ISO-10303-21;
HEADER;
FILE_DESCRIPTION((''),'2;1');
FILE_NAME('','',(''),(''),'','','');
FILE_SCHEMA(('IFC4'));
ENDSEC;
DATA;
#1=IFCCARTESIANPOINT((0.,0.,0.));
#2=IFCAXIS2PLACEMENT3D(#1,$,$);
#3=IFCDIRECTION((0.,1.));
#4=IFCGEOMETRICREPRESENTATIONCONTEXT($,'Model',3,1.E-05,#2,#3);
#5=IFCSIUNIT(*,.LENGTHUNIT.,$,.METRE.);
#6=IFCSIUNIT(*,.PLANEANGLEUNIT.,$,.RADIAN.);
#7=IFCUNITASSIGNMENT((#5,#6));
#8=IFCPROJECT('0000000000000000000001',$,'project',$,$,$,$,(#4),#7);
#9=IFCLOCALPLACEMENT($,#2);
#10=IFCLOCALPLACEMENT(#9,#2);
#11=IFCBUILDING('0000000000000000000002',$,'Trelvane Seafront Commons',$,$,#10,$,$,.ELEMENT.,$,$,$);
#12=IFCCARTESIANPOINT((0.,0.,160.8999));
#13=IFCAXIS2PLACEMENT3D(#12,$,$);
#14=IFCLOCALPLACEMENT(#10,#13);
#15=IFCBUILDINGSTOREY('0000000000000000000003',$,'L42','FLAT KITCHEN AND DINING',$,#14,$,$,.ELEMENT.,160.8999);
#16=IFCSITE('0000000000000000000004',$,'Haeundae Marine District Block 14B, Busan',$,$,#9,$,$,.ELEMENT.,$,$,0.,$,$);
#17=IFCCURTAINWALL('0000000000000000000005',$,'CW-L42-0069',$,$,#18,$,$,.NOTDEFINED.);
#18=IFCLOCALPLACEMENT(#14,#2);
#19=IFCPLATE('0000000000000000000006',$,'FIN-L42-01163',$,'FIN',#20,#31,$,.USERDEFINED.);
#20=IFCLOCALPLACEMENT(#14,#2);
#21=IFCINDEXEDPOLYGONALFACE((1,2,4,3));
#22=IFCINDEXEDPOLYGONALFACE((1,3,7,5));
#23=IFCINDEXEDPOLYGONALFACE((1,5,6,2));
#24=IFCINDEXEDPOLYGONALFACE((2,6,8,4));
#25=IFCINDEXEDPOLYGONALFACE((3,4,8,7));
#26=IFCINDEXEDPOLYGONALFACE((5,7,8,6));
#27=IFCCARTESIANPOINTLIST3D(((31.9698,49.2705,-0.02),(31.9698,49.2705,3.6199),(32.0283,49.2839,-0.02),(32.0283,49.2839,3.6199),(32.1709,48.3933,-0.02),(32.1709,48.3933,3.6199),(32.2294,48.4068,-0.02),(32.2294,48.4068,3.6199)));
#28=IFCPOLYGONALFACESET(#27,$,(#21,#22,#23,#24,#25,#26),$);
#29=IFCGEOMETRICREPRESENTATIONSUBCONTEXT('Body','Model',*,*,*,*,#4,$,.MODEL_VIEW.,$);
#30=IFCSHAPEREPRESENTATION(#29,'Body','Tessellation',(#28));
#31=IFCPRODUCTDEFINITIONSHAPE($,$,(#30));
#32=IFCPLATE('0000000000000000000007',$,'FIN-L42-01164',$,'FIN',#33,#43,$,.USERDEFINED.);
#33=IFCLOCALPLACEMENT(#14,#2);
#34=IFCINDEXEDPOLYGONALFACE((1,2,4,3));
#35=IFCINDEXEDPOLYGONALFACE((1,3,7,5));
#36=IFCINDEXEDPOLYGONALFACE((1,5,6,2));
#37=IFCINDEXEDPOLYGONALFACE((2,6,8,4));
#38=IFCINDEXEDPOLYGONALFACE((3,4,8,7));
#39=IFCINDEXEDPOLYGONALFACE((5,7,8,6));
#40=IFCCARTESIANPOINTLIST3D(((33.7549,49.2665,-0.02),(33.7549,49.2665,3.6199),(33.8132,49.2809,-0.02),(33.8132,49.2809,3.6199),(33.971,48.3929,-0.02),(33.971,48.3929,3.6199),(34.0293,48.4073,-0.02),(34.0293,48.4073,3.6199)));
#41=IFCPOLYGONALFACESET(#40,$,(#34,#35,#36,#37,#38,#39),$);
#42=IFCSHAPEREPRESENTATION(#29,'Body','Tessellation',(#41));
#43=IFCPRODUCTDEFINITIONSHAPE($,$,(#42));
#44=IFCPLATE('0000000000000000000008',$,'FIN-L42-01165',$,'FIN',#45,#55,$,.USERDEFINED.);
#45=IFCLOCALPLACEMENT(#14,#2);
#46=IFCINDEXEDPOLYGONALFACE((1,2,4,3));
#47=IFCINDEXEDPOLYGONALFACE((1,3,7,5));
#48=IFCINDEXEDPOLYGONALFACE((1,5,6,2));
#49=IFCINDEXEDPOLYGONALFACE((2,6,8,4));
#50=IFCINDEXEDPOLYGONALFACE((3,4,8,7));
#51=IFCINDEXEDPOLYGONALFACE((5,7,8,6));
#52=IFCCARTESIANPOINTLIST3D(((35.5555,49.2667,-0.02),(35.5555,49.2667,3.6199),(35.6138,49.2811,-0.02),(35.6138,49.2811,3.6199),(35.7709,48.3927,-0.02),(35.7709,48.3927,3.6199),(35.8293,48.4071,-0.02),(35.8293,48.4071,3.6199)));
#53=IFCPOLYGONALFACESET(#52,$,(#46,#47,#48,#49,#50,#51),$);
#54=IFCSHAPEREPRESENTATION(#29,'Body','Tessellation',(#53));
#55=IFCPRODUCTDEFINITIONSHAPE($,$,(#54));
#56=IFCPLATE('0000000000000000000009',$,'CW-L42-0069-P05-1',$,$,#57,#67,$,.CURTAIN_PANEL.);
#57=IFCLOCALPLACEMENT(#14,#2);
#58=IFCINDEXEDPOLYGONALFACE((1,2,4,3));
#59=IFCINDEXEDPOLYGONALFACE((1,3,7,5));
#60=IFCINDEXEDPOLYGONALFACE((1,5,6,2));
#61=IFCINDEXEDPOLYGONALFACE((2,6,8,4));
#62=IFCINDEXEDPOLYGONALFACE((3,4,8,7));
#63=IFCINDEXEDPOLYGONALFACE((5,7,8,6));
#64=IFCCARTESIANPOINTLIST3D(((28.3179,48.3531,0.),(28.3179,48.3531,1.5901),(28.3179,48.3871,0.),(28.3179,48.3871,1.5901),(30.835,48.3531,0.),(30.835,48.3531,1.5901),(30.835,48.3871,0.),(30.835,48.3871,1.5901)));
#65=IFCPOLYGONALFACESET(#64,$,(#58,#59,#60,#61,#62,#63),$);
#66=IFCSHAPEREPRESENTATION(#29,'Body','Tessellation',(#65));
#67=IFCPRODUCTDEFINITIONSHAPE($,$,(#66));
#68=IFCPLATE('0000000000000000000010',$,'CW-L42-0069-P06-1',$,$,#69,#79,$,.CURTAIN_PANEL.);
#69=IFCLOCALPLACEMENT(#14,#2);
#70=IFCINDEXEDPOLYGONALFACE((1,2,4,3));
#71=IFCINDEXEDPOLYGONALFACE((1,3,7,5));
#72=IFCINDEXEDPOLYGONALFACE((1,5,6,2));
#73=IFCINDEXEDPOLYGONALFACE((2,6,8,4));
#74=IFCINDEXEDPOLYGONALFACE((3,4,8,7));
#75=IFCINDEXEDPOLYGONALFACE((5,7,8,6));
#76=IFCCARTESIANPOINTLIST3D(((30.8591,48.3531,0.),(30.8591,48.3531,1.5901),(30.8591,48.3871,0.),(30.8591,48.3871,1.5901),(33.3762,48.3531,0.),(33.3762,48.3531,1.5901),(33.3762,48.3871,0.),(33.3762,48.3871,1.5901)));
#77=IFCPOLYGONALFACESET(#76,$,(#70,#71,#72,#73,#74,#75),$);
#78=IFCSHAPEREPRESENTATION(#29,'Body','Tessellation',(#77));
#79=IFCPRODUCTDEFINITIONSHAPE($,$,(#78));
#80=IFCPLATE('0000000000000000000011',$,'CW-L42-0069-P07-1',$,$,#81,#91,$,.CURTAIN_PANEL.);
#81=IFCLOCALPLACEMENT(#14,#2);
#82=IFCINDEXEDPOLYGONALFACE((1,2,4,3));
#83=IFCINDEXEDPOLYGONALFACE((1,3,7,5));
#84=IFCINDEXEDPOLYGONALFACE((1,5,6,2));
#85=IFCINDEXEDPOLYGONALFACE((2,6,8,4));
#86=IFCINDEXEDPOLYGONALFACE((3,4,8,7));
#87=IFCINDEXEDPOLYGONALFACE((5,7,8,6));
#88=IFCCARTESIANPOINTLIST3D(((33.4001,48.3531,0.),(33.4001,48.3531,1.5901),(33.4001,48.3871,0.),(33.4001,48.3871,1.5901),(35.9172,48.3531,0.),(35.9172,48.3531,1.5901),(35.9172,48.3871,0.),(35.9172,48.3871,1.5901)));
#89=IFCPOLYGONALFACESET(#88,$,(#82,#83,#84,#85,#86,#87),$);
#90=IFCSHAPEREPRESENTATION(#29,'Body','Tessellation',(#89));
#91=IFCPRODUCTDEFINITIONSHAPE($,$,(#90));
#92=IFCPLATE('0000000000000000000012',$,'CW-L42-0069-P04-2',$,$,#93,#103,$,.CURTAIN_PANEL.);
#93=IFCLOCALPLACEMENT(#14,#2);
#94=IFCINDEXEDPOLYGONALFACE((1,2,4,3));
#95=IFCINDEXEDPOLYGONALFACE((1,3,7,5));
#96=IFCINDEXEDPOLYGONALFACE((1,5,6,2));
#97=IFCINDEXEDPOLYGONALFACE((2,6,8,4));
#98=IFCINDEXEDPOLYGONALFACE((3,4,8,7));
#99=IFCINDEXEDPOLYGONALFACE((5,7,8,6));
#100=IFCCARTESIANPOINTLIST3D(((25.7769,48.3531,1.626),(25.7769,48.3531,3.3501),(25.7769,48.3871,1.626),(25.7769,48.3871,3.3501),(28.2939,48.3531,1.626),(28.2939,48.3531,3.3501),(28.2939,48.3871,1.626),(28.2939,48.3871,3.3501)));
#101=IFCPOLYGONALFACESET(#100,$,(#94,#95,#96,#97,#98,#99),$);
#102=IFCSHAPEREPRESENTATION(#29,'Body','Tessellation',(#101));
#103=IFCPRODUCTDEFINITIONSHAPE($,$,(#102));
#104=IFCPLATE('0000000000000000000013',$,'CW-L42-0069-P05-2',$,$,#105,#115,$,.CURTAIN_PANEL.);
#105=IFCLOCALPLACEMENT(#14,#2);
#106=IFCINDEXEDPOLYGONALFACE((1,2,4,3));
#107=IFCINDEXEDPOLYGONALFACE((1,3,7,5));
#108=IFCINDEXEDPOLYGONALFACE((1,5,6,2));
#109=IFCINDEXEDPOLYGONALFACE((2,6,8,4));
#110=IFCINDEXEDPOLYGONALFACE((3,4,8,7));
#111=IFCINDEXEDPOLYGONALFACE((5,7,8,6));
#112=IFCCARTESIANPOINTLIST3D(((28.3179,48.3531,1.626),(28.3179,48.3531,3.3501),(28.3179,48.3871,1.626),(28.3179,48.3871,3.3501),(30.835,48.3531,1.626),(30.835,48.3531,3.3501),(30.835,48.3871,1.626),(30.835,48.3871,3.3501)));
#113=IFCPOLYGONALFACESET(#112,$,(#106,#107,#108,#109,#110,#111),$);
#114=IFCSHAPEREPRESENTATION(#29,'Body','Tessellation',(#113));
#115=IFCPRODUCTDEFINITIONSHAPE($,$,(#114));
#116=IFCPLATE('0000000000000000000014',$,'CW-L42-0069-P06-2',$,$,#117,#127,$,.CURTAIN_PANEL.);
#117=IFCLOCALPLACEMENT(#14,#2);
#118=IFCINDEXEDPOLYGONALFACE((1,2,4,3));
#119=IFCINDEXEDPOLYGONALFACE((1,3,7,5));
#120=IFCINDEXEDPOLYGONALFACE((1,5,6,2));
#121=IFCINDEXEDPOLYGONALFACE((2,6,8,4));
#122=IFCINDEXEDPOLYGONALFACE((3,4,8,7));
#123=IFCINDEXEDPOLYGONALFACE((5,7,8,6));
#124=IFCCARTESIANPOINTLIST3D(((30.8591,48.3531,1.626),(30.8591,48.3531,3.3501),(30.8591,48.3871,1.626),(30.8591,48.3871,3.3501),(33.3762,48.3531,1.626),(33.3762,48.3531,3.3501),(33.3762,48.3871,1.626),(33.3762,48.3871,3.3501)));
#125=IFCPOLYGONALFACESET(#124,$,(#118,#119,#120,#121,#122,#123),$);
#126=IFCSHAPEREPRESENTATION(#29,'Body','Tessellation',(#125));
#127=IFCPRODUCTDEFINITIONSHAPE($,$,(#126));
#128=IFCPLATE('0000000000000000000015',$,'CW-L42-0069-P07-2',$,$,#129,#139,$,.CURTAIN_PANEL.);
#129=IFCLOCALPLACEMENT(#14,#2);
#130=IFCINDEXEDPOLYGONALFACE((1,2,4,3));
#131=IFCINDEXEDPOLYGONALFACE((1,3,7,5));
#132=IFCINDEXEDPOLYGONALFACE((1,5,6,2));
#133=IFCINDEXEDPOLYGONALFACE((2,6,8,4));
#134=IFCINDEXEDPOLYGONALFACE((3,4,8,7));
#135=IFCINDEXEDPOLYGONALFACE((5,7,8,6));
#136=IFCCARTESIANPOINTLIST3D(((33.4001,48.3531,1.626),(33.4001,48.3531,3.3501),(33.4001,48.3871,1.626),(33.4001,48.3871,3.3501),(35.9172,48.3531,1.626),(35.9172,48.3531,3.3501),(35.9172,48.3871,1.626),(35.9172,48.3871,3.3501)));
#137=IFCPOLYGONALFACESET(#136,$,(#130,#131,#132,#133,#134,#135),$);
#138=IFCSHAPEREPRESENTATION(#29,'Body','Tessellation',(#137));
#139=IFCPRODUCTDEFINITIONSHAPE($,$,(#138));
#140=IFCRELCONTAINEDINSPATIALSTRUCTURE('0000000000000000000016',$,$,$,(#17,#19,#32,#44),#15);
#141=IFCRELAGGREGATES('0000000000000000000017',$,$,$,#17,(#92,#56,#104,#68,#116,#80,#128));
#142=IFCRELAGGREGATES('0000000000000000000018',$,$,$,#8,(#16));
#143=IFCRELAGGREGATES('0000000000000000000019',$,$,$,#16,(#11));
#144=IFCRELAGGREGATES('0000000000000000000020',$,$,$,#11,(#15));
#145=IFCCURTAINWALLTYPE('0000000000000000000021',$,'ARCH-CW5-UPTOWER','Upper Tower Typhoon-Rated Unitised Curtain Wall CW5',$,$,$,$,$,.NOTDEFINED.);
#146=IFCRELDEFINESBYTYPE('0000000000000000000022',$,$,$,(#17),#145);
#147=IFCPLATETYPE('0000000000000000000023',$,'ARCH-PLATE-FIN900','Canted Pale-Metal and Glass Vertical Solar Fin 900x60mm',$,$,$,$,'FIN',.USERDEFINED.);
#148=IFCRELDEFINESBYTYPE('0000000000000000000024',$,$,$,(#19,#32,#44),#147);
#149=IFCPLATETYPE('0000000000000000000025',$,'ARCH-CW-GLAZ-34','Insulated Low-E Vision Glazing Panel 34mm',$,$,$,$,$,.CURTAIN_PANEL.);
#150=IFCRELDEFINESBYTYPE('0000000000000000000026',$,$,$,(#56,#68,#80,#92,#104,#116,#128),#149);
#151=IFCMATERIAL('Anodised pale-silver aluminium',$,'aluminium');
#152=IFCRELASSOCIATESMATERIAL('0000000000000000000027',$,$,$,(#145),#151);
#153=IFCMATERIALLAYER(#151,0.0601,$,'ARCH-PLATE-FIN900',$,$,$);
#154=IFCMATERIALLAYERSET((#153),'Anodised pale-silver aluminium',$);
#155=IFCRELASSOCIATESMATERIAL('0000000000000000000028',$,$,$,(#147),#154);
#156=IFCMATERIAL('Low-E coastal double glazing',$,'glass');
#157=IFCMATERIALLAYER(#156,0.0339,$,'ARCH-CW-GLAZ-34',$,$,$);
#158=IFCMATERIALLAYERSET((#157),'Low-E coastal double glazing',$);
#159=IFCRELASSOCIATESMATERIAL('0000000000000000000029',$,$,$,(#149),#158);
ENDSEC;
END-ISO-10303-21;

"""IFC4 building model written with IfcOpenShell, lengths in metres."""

from ifc_helpers import new_model, si_unit, direction, frame, origin, origin_2d, place, context, subcontext, project, spatial, rectangle, extrude, source, transform, mapped, material, layer, layer_set, type_object, element, aggregate, save


model = new_model("IFC4")

# Units and contexts
model_context = context("Model", 3, precision=1e-05, world=origin(), true_north=direction((0.0, 1.0)))
body_context = subcontext(model_context, "Body", "Model", "MODEL_VIEW")
ifc_project = project(units=[si_unit("LENGTHUNIT", "METRE"), si_unit("PLANEANGLEUNIT", "RADIAN")], contexts=[model_context])

# Site, building, storey
site_placement = place(None, origin())
site = spatial("IfcSite", under=ifc_project, at=site_placement, Name="Haeundae Marine District Block 14B, Busan", CompositionType="ELEMENT", RefElevation=0.0)
building_placement = place(site_placement, origin())
building = spatial("IfcBuilding", under=site, at=building_placement, Name="Trelvane Seafront Commons", CompositionType="ELEMENT")
storey_placement = place(building_placement, frame((0.0, 0.0, 160.8999)))
storey = spatial("IfcBuildingStorey", under=building, at=storey_placement, Name="L42", Description="FLAT KITCHEN AND DINING", CompositionType="ELEMENT", Elevation=160.8999)

# Curtain wall
ifc_material_1 = material(Name="Anodised pale-silver aluminium", Category="aluminium")
curtain_wall_type = type_object("IfcCurtainWallType", Name="ARCH-CW5-UPTOWER", Description="Upper Tower Typhoon-Rated Unitised Curtain Wall CW5", PredefinedType="NOTDEFINED", material=ifc_material_1)
curtain_wall_placement = place(storey_placement, origin())
curtain_wall = element("IfcCurtainWall", 1, at=curtain_wall_placement, inside=storey, type_object=curtain_wall_type, Name="CW-L42-0069", PredefinedType="NOTDEFINED")

# Plates
ifc_layer_1 = layer(ifc_material_1, 0.0601, Name="ARCH-PLATE-FIN900")
ifc_layer_set_1 = layer_set([ifc_layer_1], Name="Anodised pale-silver aluminium")
plate_type_1 = type_object("IfcPlateType", Name="ARCH-PLATE-FIN900", Description="Canted Pale-Metal and Glass Vertical Solar Fin 900x60mm", ElementType="FIN", PredefinedType="USERDEFINED", material=ifc_layer_set_1)
shared_shape_1 = source(origin(), body_context, "Body", "SweptSolid", [
    extrude(rectangle(XDim=0.8999, YDim=0.0601, at=origin_2d()), origin(), (0.0, 0.0, 1.0), 3.6399),
])
for number, where, z_axis, x_axis, name in (
    (2, (32.0996, 48.8386, -0.02), (0.0, 0.0, 1.0), (-0.223456, 0.974714, 0.0), "FIN-L42-01163"),
    (3, (33.8921, 48.8369, -0.02), (0.0, 0.0, 1.0), (-0.240104, 0.970747, 0.0), "FIN-L42-01164"),
):
    element("IfcPlate", number, at=place(storey_placement, frame(where, z_axis=z_axis, x_axis=x_axis)), inside=storey, type_object=plate_type_1, Name=name, ObjectType="FIN", PredefinedType="USERDEFINED", context=body_context, shape_type="MappedRepresentation", body=[
        mapped(shared_shape_1, transform((0.0, 0.0, 0.0), x_axis=(1.0, 0.0, 0.0), y_axis=(0.0, 1.0, 0.0), z_axis=(0.0, 0.0, 1.0), scale=1.0)),
    ])
shared_shape_2 = source(origin(), body_context, "Body", "SweptSolid", [
    extrude(rectangle(XDim=0.9001, YDim=0.0601, at=origin_2d()), origin(), (0.0, 0.0, 1.0), 3.6399),
])
plate_1_placement = place(storey_placement, frame((35.6924, 48.8369, -0.02), z_axis=(0.0, 0.0, 1.0), x_axis=(-0.239318, 0.970941, 0.0)))
element("IfcPlate", 4, at=plate_1_placement, inside=storey, type_object=plate_type_1, Name="FIN-L42-01165", ObjectType="FIN", PredefinedType="USERDEFINED", context=body_context, shape_type="MappedRepresentation", body=[
    mapped(shared_shape_2, transform((0.0, 0.0, 0.0), x_axis=(1.0, 0.0, 0.0), y_axis=(0.0, 1.0, 0.0), z_axis=(0.0, 0.0, 1.0), scale=1.0)),
])

# Plates
ifc_material_2 = material(Name="Low-E coastal double glazing", Category="glass")
ifc_layer_2 = layer(ifc_material_2, 0.0339, Name="ARCH-CW-GLAZ-34")
ifc_layer_set_2 = layer_set([ifc_layer_2], Name="Low-E coastal double glazing")
plate_type_2 = type_object("IfcPlateType", Name="ARCH-CW-GLAZ-34", Description="Insulated Low-E Vision Glazing Panel 34mm", PredefinedType="CURTAIN_PANEL", material=ifc_layer_set_2)
shared_shape_3 = source(origin(), body_context, "Body", "SweptSolid", [
    extrude(rectangle(XDim=2.5171, YDim=0.0339, at=origin_2d()), origin(), (0.0, 0.0, 1.0), 1.5901),
])
plate_2_placement = place(storey_placement, frame((29.5764, 48.3701, 0.0), z_axis=(0.0, 0.0, 1.0), x_axis=(1.0, 0.0, 0.0)))
plate_2 = element("IfcPlate", 5, at=plate_2_placement, type_object=plate_type_2, Name="CW-L42-0069-P05-1", PredefinedType="CURTAIN_PANEL", context=body_context, shape_type="MappedRepresentation", body=[
    mapped(shared_shape_3, transform((0.0, 0.0, 0.0), x_axis=(1.0, 0.0, 0.0), y_axis=(0.0, 1.0, 0.0), z_axis=(0.0, 0.0, 1.0), scale=1.0)),
])
plate_3_placement = place(storey_placement, frame((32.1177, 48.3701, 0.0), z_axis=(0.0, 0.0, 1.0), x_axis=(1.0, 0.0, 0.0)))
plate_3 = element("IfcPlate", 6, at=plate_3_placement, type_object=plate_type_2, Name="CW-L42-0069-P06-1", PredefinedType="CURTAIN_PANEL", context=body_context, shape_type="MappedRepresentation", body=[
    mapped(shared_shape_3, transform((0.0, 0.0, 0.0), x_axis=(1.0, 0.0, 0.0), y_axis=(0.0, 1.0, 0.0), z_axis=(0.0, 0.0, 1.0), scale=1.0)),
])
plate_4_placement = place(storey_placement, frame((34.6587, 48.3701, 0.0), z_axis=(0.0, 0.0, 1.0), x_axis=(1.0, 0.0, 0.0)))
plate_4 = element("IfcPlate", 7, at=plate_4_placement, type_object=plate_type_2, Name="CW-L42-0069-P07-1", PredefinedType="CURTAIN_PANEL", context=body_context, shape_type="MappedRepresentation", body=[
    mapped(shared_shape_3, transform((0.0, 0.0, 0.0), x_axis=(1.0, 0.0, 0.0), y_axis=(0.0, 1.0, 0.0), z_axis=(0.0, 0.0, 1.0), scale=1.0)),
])
shared_shape_4 = source(origin(), body_context, "Body", "SweptSolid", [
    extrude(rectangle(XDim=2.5171, YDim=0.0339, at=origin_2d()), origin(), (0.0, 0.0, 1.0), 1.7241),
])
plate_5_placement = place(storey_placement, frame((27.0354, 48.3701, 1.626), z_axis=(0.0, 0.0, 1.0), x_axis=(1.0, 0.0, 0.0)))
plate_5 = element("IfcPlate", 8, at=plate_5_placement, type_object=plate_type_2, Name="CW-L42-0069-P04-2", PredefinedType="CURTAIN_PANEL", context=body_context, shape_type="MappedRepresentation", body=[
    mapped(shared_shape_4, transform((0.0, 0.0, 0.0), x_axis=(1.0, 0.0, 0.0), y_axis=(0.0, 1.0, 0.0), z_axis=(0.0, 0.0, 1.0), scale=1.0)),
])
plate_6_placement = place(storey_placement, frame((29.5764, 48.3701, 1.626), z_axis=(0.0, 0.0, 1.0), x_axis=(1.0, 0.0, 0.0)))
plate_6 = element("IfcPlate", 9, at=plate_6_placement, type_object=plate_type_2, Name="CW-L42-0069-P05-2", PredefinedType="CURTAIN_PANEL", context=body_context, shape_type="MappedRepresentation", body=[
    mapped(shared_shape_4, transform((0.0, 0.0, 0.0), x_axis=(1.0, 0.0, 0.0), y_axis=(0.0, 1.0, 0.0), z_axis=(0.0, 0.0, 1.0), scale=1.0)),
])
plate_7_placement = place(storey_placement, frame((32.1177, 48.3701, 1.626), z_axis=(0.0, 0.0, 1.0), x_axis=(1.0, 0.0, 0.0)))
plate_7 = element("IfcPlate", 10, at=plate_7_placement, type_object=plate_type_2, Name="CW-L42-0069-P06-2", PredefinedType="CURTAIN_PANEL", context=body_context, shape_type="MappedRepresentation", body=[
    mapped(shared_shape_4, transform((0.0, 0.0, 0.0), x_axis=(1.0, 0.0, 0.0), y_axis=(0.0, 1.0, 0.0), z_axis=(0.0, 0.0, 1.0), scale=1.0)),
])
plate_8_placement = place(storey_placement, frame((34.6587, 48.3701, 1.626), z_axis=(0.0, 0.0, 1.0), x_axis=(1.0, 0.0, 0.0)))
plate_8 = element("IfcPlate", 11, at=plate_8_placement, type_object=plate_type_2, Name="CW-L42-0069-P07-2", PredefinedType="CURTAIN_PANEL", context=body_context, shape_type="MappedRepresentation", body=[
    mapped(shared_shape_4, transform((0.0, 0.0, 0.0), x_axis=(1.0, 0.0, 0.0), y_axis=(0.0, 1.0, 0.0), z_axis=(0.0, 0.0, 1.0), scale=1.0)),
])
aggregate(curtain_wall, [plate_5, plate_2, plate_6, plate_3, plate_7, plate_4, plate_8])

save(model, "model.ifc")
